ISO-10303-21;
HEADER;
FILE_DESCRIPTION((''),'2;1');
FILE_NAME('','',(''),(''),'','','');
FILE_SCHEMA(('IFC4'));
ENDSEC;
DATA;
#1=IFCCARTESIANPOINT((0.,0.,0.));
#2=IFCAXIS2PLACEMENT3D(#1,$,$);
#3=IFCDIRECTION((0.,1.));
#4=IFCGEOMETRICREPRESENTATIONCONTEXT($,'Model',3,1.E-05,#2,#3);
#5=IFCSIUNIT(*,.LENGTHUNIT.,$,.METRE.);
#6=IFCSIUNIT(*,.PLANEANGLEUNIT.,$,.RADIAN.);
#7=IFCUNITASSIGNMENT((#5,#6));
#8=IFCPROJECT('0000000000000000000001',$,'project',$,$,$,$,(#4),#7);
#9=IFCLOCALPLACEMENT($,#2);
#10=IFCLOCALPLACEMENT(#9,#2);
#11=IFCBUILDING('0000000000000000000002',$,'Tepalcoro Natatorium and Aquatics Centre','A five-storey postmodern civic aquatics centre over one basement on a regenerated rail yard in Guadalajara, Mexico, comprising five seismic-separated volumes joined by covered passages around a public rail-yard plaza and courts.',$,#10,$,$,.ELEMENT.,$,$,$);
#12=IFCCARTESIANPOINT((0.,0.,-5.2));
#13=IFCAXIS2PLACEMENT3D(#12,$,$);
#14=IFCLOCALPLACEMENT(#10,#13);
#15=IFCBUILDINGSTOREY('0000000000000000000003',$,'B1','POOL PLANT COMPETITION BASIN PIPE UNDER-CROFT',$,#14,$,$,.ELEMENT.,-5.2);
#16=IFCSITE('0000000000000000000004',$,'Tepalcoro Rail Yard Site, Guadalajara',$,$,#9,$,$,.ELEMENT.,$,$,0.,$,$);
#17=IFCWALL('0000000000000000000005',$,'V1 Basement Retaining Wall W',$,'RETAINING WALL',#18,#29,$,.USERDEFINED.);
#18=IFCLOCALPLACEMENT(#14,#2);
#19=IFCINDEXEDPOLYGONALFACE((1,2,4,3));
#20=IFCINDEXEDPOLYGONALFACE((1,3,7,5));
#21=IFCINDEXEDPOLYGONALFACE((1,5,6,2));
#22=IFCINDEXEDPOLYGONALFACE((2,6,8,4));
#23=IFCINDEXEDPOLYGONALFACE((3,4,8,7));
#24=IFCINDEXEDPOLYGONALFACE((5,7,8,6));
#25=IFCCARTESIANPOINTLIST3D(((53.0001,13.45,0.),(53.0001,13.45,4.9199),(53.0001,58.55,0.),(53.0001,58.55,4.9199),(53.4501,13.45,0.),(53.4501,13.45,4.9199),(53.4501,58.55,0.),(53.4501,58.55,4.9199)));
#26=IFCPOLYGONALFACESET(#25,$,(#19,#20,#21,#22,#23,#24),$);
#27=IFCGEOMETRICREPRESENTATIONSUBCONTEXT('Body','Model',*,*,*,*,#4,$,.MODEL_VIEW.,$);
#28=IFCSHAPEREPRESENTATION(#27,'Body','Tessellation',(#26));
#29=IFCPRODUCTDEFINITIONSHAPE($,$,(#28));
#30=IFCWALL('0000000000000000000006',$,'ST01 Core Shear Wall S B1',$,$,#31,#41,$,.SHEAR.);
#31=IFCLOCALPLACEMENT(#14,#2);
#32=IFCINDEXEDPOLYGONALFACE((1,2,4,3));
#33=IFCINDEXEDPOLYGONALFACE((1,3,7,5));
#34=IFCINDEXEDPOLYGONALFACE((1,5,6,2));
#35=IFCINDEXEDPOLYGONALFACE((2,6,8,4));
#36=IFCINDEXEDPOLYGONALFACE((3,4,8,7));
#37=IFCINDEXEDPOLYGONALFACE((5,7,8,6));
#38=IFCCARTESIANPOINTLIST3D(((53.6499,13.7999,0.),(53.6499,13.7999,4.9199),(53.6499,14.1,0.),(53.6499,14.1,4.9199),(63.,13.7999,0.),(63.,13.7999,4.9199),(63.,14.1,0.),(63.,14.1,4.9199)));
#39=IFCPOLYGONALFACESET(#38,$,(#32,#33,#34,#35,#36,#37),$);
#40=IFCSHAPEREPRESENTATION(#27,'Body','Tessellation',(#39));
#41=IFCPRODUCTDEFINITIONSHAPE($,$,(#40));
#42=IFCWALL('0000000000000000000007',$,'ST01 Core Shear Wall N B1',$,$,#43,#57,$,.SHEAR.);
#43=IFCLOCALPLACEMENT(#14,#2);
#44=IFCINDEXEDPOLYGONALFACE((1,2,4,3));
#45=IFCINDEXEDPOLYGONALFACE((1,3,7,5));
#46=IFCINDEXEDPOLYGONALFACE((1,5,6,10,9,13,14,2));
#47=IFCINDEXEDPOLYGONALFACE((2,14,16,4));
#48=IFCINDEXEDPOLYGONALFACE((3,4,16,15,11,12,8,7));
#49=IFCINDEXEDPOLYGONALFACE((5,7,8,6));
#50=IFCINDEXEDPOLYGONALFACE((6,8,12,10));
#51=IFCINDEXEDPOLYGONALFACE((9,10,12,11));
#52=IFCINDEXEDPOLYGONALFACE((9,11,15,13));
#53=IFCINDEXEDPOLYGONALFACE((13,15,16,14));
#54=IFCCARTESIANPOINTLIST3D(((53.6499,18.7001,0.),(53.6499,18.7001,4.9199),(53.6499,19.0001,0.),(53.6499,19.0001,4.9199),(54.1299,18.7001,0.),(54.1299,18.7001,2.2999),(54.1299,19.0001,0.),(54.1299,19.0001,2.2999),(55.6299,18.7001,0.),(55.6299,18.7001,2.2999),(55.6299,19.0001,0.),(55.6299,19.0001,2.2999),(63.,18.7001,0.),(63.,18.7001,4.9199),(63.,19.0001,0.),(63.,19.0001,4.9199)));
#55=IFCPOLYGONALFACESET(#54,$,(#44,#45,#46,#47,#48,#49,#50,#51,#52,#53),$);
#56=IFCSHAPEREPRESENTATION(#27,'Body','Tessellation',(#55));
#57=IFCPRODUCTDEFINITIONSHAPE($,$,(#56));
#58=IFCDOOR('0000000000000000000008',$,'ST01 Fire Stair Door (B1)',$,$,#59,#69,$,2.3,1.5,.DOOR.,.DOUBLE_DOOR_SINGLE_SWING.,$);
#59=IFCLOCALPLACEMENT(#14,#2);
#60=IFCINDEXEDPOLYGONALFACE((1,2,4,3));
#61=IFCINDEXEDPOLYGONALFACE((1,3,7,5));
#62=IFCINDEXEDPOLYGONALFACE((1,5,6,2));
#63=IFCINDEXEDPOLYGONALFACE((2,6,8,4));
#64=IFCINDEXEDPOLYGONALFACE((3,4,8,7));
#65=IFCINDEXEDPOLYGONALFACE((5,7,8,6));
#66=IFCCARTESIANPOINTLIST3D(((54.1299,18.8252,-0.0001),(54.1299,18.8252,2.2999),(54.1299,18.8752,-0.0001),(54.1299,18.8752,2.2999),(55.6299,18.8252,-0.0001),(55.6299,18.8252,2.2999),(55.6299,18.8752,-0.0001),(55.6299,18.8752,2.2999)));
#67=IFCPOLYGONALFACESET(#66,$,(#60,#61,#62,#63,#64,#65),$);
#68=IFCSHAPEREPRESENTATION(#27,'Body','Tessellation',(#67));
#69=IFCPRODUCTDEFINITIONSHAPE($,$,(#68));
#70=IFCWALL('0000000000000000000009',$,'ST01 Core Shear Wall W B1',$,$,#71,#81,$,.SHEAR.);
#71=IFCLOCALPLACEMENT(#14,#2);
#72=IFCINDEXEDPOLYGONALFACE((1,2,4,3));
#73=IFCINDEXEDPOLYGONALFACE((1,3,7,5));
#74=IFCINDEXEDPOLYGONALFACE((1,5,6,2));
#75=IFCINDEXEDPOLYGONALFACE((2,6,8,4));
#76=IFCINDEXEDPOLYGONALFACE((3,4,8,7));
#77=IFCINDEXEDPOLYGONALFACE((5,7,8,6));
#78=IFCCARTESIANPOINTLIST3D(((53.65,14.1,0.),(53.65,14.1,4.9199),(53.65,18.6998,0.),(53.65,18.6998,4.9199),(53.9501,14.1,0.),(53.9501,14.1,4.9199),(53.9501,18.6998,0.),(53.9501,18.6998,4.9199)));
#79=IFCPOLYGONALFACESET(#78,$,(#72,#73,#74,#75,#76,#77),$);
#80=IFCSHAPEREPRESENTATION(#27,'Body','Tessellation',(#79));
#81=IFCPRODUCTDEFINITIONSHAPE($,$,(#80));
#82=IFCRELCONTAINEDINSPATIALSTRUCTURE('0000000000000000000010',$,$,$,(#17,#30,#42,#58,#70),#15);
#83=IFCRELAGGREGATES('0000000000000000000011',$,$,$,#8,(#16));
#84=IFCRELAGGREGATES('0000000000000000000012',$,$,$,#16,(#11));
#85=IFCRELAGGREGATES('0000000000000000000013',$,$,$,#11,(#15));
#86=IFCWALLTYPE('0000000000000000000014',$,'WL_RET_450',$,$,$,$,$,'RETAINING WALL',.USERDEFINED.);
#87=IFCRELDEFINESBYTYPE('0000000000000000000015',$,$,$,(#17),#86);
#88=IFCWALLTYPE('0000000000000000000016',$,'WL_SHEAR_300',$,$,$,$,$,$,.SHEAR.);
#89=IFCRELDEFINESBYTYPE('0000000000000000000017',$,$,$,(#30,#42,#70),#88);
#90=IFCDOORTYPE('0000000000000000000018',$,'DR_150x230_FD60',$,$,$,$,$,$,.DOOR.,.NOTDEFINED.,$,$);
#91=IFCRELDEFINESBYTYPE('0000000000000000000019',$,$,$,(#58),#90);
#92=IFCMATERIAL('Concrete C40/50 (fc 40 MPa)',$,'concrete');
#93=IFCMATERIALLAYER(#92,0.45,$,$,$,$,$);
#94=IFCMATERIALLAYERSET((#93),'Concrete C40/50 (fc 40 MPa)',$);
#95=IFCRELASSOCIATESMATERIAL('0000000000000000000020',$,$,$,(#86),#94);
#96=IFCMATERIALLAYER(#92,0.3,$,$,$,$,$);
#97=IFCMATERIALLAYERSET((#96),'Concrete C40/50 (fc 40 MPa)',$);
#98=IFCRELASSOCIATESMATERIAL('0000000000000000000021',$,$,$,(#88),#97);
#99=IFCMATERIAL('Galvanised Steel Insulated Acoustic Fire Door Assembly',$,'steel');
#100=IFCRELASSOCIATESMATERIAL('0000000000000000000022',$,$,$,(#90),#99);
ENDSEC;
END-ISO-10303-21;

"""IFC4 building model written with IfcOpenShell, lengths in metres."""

from ifc_helpers import new_model, si_unit, direction, frame, frame_2d, origin, place, context, subcontext, project, spatial, rectangle, extrude, material, layer, layer_set, type_object, element, fill, save


model = new_model("IFC4")

# Units and contexts
model_context = context("Model", 3, precision=1e-05, world=origin(), true_north=direction((0.0, 1.0)))
body_context = subcontext(model_context, "Body", "Model", "MODEL_VIEW")
ifc_project = project(units=[si_unit("LENGTHUNIT", "METRE"), si_unit("PLANEANGLEUNIT", "RADIAN")], contexts=[model_context])

# Site, building, storey
site_placement = place(None, origin())
site = spatial("IfcSite", under=ifc_project, at=site_placement, Name="Tepalcoro Rail Yard Site, Guadalajara", CompositionType="ELEMENT", RefElevation=0.0)
building_placement = place(site_placement, origin())
building = spatial("IfcBuilding", under=site, at=building_placement, Name="Tepalcoro Natatorium and Aquatics Centre", Description="A five-storey postmodern civic aquatics centre over one basement on a regenerated rail yard in Guadalajara, Mexico, comprising five seismic-separated volumes joined by covered passages around a public rail-yard plaza and courts.", CompositionType="ELEMENT")
storey_placement = place(building_placement, frame((0.0, 0.0, -5.2)))
storey = spatial("IfcBuildingStorey", under=building, at=storey_placement, Name="B1", Description="POOL PLANT COMPETITION BASIN PIPE UNDER-CROFT", CompositionType="ELEMENT", Elevation=-5.2)

# Shared definitions
ifc_material_1 = material(Name="Concrete C40/50 (fc 40 MPa)", Category="concrete")

# Walls
ifc_layer_1 = layer(ifc_material_1, 0.45)
ifc_layer_set_1 = layer_set([ifc_layer_1], Name="Concrete C40/50 (fc 40 MPa)")
wall_type_1 = type_object("IfcWallType", Name="WL_RET_450", ElementType="RETAINING WALL", PredefinedType="USERDEFINED", material=ifc_layer_set_1)
wall_1_placement = place(storey_placement, frame((53.2251, 13.45, 0.0), z_axis=(0.0, 0.0, 1.0), x_axis=(0.0, 1.0, 0.0)))
element("IfcWall", 1, at=wall_1_placement, inside=storey, type_object=wall_type_1, Name="V1 Basement Retaining Wall W", ObjectType="RETAINING WALL", PredefinedType="USERDEFINED", context=body_context, shape_type="SweptSolid", body=[
    extrude(rectangle(XDim=45.1001, YDim=0.45, at=frame_2d((22.55, 0.0))), origin(), (0.0, 0.0, 1.0), 4.9199),
])
ifc_layer_2 = layer(ifc_material_1, 0.3)
ifc_layer_set_2 = layer_set([ifc_layer_2], Name="Concrete C40/50 (fc 40 MPa)")
wall_type_2 = type_object("IfcWallType", Name="WL_SHEAR_300", PredefinedType="SHEAR", material=ifc_layer_set_2)
wall_2_placement = place(storey_placement, frame((53.6499, 13.95, 0.0), z_axis=(0.0, 0.0, 1.0), x_axis=(1.0, 0.0, 0.0)))
element("IfcWall", 2, at=wall_2_placement, inside=storey, type_object=wall_type_2, Name="ST01 Core Shear Wall S B1", PredefinedType="SHEAR", context=body_context, shape_type="SweptSolid", body=[
    extrude(rectangle(XDim=9.3501, YDim=0.3, at=frame_2d((4.675, 0.0))), origin(), (0.0, 0.0, 1.0), 4.9199),
])

# Wall, opening, door
wall_3_placement = place(storey_placement, frame((53.6499, 18.8501, 0.0), z_axis=(0.0, 0.0, 1.0), x_axis=(1.0, 0.0, 0.0)))
wall_3 = element("IfcWall", 3, at=wall_3_placement, inside=storey, type_object=wall_type_2, Name="ST01 Core Shear Wall N B1", PredefinedType="SHEAR", context=body_context, shape_type="SweptSolid", body=[
    extrude(rectangle(XDim=9.3501, YDim=0.3, at=frame_2d((4.675, 0.0))), origin(), (0.0, 0.0, 1.0), 4.9199),
])
opening_placement = place(wall_3_placement, frame((0.48, 0.0, 0.0)))
opening = element("IfcOpeningElement", 4, at=opening_placement, cuts=wall_3, PredefinedType="OPENING", context=body_context, shape_type="SweptSolid", body=[
    extrude(rectangle(XDim=1.5, YDim=2.3, at=frame_2d((0.75, 1.1499))), frame((0.0, 0.1621, 0.0), z_axis=(0.0, -1.0, 0.0), x_axis=(1.0, 0.0, 0.0)), (0.0, 0.0, 1.0), 0.324),
])
ifc_material_2 = material(Name="Galvanised Steel Insulated Acoustic Fire Door Assembly", Category="steel")
door_type = type_object("IfcDoorType", Name="DR_150x230_FD60", OperationType="NOTDEFINED", PredefinedType="DOOR", material=ifc_material_2)
door_placement = place(opening_placement, frame((1.5, 0.0, 0.0), z_axis=(0.0, 0.0, 1.0), x_axis=(-1.0, 0.0, 0.0)))
door = element("IfcDoor", 5, at=door_placement, inside=storey, type_object=door_type, Name="ST01 Fire Stair Door (B1)", OperationType="DOUBLE_DOOR_SINGLE_SWING", OverallHeight=2.3, OverallWidth=1.5, PredefinedType="DOOR", context=body_context, shape_type="SweptSolid", body=[
    extrude(rectangle(XDim=1.5, YDim=2.3, at=frame_2d((0.75, 1.1499))), frame((0.0, 0.0249, 0.0), z_axis=(0.0, -1.0, 0.0), x_axis=(1.0, 0.0, 0.0)), (0.0, 0.0, 1.0), 0.05),
])
fill(opening, door)

# Wall
wall_4_placement = place(storey_placement, frame((53.8, 14.1001, 0.0), z_axis=(0.0, 0.0, 1.0), x_axis=(0.0, 1.0, 0.0)))
element("IfcWall", 6, at=wall_4_placement, inside=storey, type_object=wall_type_2, Name="ST01 Core Shear Wall W B1", PredefinedType="SHEAR", context=body_context, shape_type="SweptSolid", body=[
    extrude(rectangle(XDim=4.5999, YDim=0.3, at=frame_2d((2.2998, 0.0))), origin(), (0.0, 0.0, 1.0), 4.9199),
])

save(model, "model.ifc")
